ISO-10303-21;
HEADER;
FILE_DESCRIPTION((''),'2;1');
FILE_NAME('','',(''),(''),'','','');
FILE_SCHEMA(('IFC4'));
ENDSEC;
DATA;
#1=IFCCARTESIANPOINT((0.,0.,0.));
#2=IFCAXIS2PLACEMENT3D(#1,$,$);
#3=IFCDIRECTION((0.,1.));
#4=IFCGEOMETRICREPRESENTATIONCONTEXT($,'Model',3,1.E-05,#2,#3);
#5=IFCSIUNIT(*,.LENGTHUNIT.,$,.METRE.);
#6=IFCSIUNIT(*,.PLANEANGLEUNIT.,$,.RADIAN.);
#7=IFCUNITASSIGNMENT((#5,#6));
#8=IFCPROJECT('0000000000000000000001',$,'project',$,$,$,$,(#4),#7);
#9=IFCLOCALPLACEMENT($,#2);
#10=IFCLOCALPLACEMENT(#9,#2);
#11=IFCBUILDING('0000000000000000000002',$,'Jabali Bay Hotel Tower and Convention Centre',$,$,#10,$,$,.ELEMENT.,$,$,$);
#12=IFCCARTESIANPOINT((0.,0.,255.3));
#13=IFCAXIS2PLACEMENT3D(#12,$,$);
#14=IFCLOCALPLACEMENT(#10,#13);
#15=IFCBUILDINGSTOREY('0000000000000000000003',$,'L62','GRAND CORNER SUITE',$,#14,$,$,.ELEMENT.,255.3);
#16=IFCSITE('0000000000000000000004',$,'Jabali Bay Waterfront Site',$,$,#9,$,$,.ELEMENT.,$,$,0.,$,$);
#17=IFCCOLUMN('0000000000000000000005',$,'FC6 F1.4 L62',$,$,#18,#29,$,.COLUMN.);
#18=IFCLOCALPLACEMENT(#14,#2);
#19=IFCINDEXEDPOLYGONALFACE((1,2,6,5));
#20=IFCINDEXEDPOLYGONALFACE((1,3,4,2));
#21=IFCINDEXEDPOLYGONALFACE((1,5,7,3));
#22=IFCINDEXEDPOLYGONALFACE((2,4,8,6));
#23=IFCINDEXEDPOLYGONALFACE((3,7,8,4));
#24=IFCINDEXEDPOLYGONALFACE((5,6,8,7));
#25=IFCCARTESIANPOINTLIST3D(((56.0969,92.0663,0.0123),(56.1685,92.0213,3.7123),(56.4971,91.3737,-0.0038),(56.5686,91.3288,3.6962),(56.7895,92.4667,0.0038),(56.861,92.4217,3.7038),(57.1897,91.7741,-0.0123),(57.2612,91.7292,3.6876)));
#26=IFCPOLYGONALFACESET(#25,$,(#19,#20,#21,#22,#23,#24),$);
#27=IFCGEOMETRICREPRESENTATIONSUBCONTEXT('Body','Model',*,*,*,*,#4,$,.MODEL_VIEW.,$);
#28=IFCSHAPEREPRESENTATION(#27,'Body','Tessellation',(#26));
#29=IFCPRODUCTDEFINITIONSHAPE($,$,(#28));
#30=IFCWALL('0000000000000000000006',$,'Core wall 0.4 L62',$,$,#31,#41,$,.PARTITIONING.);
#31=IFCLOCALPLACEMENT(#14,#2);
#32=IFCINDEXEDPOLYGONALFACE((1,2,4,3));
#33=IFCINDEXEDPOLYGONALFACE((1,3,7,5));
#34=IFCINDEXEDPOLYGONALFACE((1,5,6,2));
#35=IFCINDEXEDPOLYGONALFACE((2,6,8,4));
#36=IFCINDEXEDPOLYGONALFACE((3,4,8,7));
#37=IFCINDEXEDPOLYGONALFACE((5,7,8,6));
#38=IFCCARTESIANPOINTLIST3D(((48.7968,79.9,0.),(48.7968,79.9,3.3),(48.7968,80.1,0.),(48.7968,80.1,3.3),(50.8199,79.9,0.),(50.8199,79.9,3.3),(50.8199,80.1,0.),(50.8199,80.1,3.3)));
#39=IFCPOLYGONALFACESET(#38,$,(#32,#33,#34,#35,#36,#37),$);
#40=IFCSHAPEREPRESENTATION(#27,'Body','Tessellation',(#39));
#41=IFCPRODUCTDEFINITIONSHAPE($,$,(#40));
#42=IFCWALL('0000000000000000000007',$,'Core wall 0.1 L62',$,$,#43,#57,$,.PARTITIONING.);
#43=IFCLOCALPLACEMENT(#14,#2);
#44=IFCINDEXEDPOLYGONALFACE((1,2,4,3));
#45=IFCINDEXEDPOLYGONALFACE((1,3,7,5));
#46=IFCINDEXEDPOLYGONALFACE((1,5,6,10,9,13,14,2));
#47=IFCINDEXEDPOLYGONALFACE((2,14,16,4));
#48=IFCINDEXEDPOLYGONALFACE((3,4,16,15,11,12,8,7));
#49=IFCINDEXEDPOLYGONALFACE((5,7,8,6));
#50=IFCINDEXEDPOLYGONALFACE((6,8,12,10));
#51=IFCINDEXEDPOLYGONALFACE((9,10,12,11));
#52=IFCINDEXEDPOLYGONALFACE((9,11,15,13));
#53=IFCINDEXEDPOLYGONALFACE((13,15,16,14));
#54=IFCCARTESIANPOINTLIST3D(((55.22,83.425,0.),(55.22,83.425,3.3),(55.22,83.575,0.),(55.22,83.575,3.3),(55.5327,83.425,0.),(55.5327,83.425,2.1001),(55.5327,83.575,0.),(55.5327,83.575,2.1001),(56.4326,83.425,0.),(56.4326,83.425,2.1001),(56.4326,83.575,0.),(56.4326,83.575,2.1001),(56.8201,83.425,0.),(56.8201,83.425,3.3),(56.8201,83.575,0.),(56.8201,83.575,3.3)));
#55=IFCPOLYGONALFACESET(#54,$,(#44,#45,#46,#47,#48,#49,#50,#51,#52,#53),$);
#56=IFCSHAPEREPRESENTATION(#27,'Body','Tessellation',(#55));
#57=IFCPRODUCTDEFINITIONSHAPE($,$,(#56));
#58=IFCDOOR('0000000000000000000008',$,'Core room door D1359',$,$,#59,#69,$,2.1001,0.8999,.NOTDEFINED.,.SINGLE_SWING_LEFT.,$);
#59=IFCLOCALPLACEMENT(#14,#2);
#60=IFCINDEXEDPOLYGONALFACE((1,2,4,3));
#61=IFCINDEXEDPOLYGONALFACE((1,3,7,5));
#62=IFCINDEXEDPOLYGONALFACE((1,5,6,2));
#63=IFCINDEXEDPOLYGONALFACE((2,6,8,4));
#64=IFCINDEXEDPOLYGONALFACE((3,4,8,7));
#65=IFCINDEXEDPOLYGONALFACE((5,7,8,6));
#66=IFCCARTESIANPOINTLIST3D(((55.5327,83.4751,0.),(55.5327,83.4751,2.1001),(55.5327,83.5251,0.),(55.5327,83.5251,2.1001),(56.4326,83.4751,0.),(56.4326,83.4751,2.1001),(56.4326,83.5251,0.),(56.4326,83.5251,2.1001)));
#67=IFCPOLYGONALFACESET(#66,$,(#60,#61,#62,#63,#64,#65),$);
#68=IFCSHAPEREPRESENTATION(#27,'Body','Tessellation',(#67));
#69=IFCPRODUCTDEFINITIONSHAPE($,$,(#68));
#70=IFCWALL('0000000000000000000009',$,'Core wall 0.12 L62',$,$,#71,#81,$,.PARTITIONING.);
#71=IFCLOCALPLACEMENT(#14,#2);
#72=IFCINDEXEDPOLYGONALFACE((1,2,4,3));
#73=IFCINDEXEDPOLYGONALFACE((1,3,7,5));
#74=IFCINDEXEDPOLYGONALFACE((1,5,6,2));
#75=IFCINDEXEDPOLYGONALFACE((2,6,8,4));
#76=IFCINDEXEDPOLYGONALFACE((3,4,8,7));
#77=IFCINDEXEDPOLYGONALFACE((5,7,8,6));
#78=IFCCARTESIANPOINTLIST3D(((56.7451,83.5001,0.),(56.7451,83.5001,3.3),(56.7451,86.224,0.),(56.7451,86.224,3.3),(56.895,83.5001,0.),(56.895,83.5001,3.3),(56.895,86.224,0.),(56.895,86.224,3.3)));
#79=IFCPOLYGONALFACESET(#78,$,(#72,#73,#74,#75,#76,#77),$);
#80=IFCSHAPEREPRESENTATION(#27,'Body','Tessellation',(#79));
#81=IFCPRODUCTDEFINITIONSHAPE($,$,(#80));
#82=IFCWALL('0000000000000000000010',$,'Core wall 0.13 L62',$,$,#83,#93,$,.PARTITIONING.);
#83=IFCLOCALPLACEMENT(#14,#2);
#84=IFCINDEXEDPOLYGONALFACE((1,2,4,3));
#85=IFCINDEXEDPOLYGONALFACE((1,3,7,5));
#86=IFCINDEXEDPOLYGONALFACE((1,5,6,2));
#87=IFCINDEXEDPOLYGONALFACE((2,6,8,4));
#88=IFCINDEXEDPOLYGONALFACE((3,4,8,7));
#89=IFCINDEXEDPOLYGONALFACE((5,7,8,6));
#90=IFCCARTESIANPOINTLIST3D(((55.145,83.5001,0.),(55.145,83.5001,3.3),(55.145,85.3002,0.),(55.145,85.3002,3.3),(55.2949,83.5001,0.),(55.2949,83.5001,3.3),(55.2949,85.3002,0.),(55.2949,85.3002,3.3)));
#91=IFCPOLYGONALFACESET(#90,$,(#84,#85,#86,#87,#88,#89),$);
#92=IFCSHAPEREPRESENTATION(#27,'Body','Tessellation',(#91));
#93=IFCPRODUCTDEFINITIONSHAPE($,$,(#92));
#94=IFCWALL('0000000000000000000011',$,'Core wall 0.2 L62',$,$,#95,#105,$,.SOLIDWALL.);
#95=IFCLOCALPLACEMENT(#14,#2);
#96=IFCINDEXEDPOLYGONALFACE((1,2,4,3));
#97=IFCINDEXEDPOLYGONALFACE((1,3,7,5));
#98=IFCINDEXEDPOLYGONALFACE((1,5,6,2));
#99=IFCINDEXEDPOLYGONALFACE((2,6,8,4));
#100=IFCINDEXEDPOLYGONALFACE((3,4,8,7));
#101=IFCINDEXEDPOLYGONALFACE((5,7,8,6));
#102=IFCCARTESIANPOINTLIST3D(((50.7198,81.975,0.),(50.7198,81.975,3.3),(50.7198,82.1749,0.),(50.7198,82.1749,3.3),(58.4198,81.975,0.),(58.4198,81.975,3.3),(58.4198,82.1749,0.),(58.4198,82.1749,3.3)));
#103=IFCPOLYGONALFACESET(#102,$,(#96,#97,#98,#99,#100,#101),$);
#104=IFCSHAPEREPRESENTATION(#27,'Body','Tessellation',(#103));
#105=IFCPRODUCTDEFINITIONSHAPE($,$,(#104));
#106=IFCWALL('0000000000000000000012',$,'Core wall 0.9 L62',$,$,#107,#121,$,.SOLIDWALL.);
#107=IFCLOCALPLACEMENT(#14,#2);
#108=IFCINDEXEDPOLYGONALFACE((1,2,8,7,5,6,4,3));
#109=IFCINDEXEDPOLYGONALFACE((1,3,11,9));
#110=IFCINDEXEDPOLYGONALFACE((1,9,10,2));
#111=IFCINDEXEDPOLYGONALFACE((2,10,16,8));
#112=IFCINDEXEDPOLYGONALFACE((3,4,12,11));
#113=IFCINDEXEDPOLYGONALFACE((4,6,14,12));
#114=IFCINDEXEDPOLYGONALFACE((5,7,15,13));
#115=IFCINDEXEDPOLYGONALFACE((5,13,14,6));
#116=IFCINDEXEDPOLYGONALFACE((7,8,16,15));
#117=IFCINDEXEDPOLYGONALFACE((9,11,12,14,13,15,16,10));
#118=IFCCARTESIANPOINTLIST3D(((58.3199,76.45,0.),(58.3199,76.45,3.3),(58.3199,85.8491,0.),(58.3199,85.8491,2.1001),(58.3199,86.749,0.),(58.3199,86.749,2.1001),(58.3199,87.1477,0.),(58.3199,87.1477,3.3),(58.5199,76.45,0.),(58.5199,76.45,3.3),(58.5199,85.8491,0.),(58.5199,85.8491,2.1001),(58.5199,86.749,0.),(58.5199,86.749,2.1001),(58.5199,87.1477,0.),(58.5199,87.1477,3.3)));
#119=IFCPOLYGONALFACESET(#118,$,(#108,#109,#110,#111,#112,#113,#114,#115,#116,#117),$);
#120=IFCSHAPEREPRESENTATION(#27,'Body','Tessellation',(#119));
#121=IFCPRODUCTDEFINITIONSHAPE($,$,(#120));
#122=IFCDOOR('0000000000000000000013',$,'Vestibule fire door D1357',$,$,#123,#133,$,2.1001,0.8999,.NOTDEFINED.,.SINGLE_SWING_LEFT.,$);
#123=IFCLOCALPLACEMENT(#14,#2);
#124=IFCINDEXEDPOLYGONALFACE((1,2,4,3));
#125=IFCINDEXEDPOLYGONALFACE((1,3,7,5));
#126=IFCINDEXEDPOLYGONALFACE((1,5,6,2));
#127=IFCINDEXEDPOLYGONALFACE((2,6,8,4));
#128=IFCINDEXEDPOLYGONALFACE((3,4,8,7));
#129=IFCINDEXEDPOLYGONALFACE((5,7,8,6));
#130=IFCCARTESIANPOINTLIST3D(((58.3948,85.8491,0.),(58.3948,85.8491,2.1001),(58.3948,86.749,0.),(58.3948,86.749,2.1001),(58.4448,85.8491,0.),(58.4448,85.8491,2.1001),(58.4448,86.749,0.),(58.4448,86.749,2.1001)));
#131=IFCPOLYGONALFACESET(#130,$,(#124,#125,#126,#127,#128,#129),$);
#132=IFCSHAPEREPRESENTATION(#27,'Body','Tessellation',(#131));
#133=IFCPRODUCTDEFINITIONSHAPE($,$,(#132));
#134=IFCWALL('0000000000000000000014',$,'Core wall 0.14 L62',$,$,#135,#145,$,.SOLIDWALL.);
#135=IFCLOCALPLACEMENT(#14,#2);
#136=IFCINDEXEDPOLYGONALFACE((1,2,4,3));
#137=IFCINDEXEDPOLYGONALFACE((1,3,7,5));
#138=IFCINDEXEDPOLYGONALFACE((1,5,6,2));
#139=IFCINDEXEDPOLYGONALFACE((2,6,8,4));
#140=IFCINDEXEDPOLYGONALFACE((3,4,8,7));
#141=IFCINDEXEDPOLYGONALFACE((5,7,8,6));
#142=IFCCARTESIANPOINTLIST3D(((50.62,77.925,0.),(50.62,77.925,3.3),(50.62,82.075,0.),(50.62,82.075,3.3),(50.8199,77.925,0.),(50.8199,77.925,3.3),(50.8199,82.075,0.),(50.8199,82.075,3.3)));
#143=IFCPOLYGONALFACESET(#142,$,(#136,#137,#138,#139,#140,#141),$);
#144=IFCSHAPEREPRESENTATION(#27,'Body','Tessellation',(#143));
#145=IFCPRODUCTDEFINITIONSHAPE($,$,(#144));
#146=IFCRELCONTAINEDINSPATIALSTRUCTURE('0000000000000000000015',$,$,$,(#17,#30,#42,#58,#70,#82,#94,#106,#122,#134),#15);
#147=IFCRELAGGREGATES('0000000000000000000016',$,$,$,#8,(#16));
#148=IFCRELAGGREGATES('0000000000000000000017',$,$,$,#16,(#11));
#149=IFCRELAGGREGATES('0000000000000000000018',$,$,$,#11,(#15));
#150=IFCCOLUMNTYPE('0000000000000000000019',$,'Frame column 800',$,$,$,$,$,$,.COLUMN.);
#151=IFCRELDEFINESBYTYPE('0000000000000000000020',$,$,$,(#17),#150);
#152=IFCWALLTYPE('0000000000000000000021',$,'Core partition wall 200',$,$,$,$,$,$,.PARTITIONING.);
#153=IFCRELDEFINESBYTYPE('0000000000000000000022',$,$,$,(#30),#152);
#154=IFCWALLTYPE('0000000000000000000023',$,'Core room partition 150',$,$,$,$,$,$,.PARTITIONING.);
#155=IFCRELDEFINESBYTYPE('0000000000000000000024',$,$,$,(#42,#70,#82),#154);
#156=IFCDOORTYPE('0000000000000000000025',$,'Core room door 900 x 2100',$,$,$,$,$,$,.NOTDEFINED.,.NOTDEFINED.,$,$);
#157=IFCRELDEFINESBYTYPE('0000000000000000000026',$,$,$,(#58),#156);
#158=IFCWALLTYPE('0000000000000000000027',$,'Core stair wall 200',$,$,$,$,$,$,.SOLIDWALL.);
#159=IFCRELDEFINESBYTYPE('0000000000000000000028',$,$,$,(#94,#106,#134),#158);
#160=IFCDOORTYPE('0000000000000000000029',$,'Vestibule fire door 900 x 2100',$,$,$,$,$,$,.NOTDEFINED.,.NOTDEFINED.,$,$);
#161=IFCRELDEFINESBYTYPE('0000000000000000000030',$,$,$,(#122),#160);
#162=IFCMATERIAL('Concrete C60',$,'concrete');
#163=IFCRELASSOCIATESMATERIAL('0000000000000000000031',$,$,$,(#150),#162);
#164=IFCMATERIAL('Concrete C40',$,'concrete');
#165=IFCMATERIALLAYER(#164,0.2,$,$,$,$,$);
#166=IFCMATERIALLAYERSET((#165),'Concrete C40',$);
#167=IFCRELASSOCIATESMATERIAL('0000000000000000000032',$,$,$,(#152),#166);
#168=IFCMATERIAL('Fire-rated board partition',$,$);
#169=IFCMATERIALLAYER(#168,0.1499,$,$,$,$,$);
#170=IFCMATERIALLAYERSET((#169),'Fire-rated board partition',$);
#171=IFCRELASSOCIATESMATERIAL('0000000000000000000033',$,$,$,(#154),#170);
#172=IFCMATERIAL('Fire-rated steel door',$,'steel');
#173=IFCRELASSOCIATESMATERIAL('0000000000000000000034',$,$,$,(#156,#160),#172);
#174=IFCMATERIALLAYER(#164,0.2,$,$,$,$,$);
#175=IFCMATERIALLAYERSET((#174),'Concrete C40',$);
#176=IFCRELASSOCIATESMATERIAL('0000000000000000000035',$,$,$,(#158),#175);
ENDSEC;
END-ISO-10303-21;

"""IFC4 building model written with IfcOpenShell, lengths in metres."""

from ifc_helpers import new_model, si_unit, direction, frame, frame_2d, origin, origin_2d, place, context, subcontext, project, spatial, rectangle, extrude, material, layer, layer_set, material_profile, profile_set, type_object, element, fill, save


model = new_model("IFC4")

# Units and contexts
model_context = context("Model", 3, precision=1e-05, world=origin(), true_north=direction((0.0, 1.0)))
body_context = subcontext(model_context, "Body", "Model", "MODEL_VIEW")
ifc_project = project(units=[si_unit("LENGTHUNIT", "METRE"), si_unit("PLANEANGLEUNIT", "RADIAN")], contexts=[model_context])

# Site, building, storey
site_placement = place(None, origin())
site = spatial("IfcSite", under=ifc_project, at=site_placement, Name="Jabali Bay Waterfront Site", CompositionType="ELEMENT", RefElevation=0.0)
building_placement = place(site_placement, origin())
building = spatial("IfcBuilding", under=site, at=building_placement, Name="Jabali Bay Hotel Tower and Convention Centre", CompositionType="ELEMENT")
storey_placement = place(building_placement, frame((0.0, 0.0, 255.3)))
storey = spatial("IfcBuildingStorey", under=building, at=storey_placement, Name="L62", Description="GRAND CORNER SUITE", CompositionType="ELEMENT", Elevation=255.3)

# Column
ifc_material_1 = material(Name="Concrete C60", Category="concrete")
ifc_material_profile = material_profile(ifc_material_1, rectangle(XDim=0.8, YDim=0.8, at=origin_2d()), Name="Frame column 800")
ifc_profile_set = profile_set([ifc_material_profile], Name="Concrete C60")
column_type = type_object("IfcColumnType", Name="Frame column 800", PredefinedType="COLUMN", material=ifc_profile_set)
column_placement = place(storey_placement, frame((56.6433, 91.9202, 0.0), z_axis=(0.019329, -0.012138, 0.99974), x_axis=(-0.500206, 0.865671, 0.020181)))
element("IfcColumn", 1, at=column_placement, inside=storey, type_object=column_type, Name="FC6 F1.4 L62", PredefinedType="COLUMN", context=body_context, shape_type="SweptSolid", body=[
    extrude(rectangle(XDim=0.8, YDim=0.8, at=origin_2d()), origin(), (0.0, 0.0, 1.0), 3.7009),
])

# Wall
ifc_material_2 = material(Name="Concrete C40", Category="concrete")
ifc_layer_1 = layer(ifc_material_2, 0.2)
ifc_layer_set_1 = layer_set([ifc_layer_1], Name="Concrete C40")
wall_type_1 = type_object("IfcWallType", Name="Core partition wall 200", PredefinedType="PARTITIONING", material=ifc_layer_set_1)
wall_1_placement = place(storey_placement, frame((50.8201, 80.0, 0.0), z_axis=(0.0, 0.0, 1.0), x_axis=(-1.0, 0.0, 0.0)))
element("IfcWall", 2, at=wall_1_placement, inside=storey, type_object=wall_type_1, Name="Core wall 0.4 L62", PredefinedType="PARTITIONING", context=body_context, shape_type="SweptSolid", body=[
    extrude(rectangle(XDim=2.0232, YDim=0.2, at=frame_2d((1.0117, 0.0))), origin(), (0.0, 0.0, 1.0), 3.3),
])

# Wall, opening, door
ifc_material_3 = material(Name="Fire-rated board partition")
ifc_layer_2 = layer(ifc_material_3, 0.1499)
ifc_layer_set_2 = layer_set([ifc_layer_2], Name="Fire-rated board partition")
wall_type_2 = type_object("IfcWallType", Name="Core room partition 150", PredefinedType="PARTITIONING", material=ifc_layer_set_2)
wall_2_placement = place(storey_placement, frame((56.8201, 83.5, 0.0), z_axis=(0.0, 0.0, 1.0), x_axis=(-1.0, 0.0, 0.0)))
wall_2 = element("IfcWall", 3, at=wall_2_placement, inside=storey, type_object=wall_type_2, Name="Core wall 0.1 L62", PredefinedType="PARTITIONING", context=body_context, shape_type="SweptSolid", body=[
    extrude(rectangle(XDim=1.6001, YDim=0.1499, at=frame_2d((0.8, 0.0))), origin(), (0.0, 0.0, 1.0), 3.3),
])
opening_1_placement = place(wall_2_placement, frame((0.3875, 0.0, 0.0)))
opening_1 = element("IfcOpeningElement", 4, at=opening_1_placement, cuts=wall_2, PredefinedType="OPENING", context=body_context, shape_type="SweptSolid", body=[
    extrude(rectangle(XDim=0.8999, YDim=2.1001, at=frame_2d((0.45, 1.05))), frame((0.0, 0.0854, 0.0), z_axis=(0.0, -1.0, 0.0), x_axis=(1.0, 0.0, 0.0)), (0.0, 0.0, 1.0), 0.1709),
])
ifc_material_4 = material(Name="Fire-rated steel door", Category="steel")
door_type_1 = type_object("IfcDoorType", Name="Core room door 900 x 2100", OperationType="NOTDEFINED", PredefinedType="NOTDEFINED", material=ifc_material_4)
door_1_placement = place(opening_1_placement, origin())
door_1 = element("IfcDoor", 5, at=door_1_placement, inside=storey, type_object=door_type_1, Name="Core room door D1359", OperationType="SINGLE_SWING_LEFT", OverallHeight=2.1001, OverallWidth=0.8999, PredefinedType="NOTDEFINED", context=body_context, shape_type="SweptSolid", body=[
    extrude(rectangle(XDim=0.8999, YDim=2.1001, at=frame_2d((0.45, 1.05))), frame((0.0, 0.0249, 0.0), z_axis=(0.0, -1.0, 0.0), x_axis=(1.0, 0.0, 0.0)), (0.0, 0.0, 1.0), 0.05),
])
fill(opening_1, door_1)

# Walls
wall_3_placement = place(storey_placement, frame((56.8201, 86.2239, 0.0), z_axis=(0.0, 0.0, 1.0), x_axis=(0.0, -1.0, 0.0)))
element("IfcWall", 6, at=wall_3_placement, inside=storey, type_object=wall_type_2, Name="Core wall 0.12 L62", PredefinedType="PARTITIONING", context=body_context, shape_type="SweptSolid", body=[
    extrude(rectangle(XDim=2.7239, YDim=0.1499, at=frame_2d((1.3618, 0.0))), origin(), (0.0, 0.0, 1.0), 3.3),
])
wall_4_placement = place(storey_placement, frame((55.22, 85.3, 0.0), z_axis=(0.0, 0.0, 1.0), x_axis=(0.0, -1.0, 0.0)))
element("IfcWall", 7, at=wall_4_placement, inside=storey, type_object=wall_type_2, Name="Core wall 0.13 L62", PredefinedType="PARTITIONING", context=body_context, shape_type="SweptSolid", body=[
    extrude(rectangle(XDim=1.8, YDim=0.1499, at=frame_2d((0.8999, 0.0))), origin(), (0.0, 0.0, 1.0), 3.3),
])
ifc_layer_3 = layer(ifc_material_2, 0.2)
ifc_layer_set_3 = layer_set([ifc_layer_3], Name="Concrete C40")
wall_type_3 = type_object("IfcWallType", Name="Core stair wall 200", PredefinedType="SOLIDWALL", material=ifc_layer_set_3)
wall_5_placement = place(storey_placement, frame((58.4199, 82.075, 0.0), z_axis=(0.0, 0.0, 1.0), x_axis=(-1.0, 0.0, 0.0)))
element("IfcWall", 8, at=wall_5_placement, inside=storey, type_object=wall_type_3, Name="Core wall 0.2 L62", PredefinedType="SOLIDWALL", context=body_context, shape_type="SweptSolid", body=[
    extrude(rectangle(XDim=7.7, YDim=0.2, at=frame_2d((3.8501, 0.0))), origin(), (0.0, 0.0, 1.0), 3.3),
])

# Wall, opening, door
wall_6_placement = place(storey_placement, frame((58.4199, 87.1477, 0.0), z_axis=(0.0, 0.0, 1.0), x_axis=(0.0, -1.0, 0.0)))
wall_6 = element("IfcWall", 9, at=wall_6_placement, inside=storey, type_object=wall_type_3, Name="Core wall 0.9 L62", PredefinedType="SOLIDWALL", context=body_context, shape_type="SweptSolid", body=[
    extrude(rectangle(XDim=10.6978, YDim=0.2, at=frame_2d((5.3489, 0.0))), origin(), (0.0, 0.0, 1.0), 3.3),
])
opening_2_placement = place(wall_6_placement, frame((0.3987, 0.0, 0.0)))
opening_2 = element("IfcOpeningElement", 10, at=opening_2_placement, cuts=wall_6, PredefinedType="OPENING", context=body_context, shape_type="SweptSolid", body=[
    extrude(rectangle(XDim=0.8999, YDim=2.1001, at=frame_2d((0.45, 1.05))), frame((0.0, 0.1104, 0.0), z_axis=(0.0, -1.0, 0.0), x_axis=(1.0, 0.0, 0.0)), (0.0, 0.0, 1.0), 0.2209),
])
door_type_2 = type_object("IfcDoorType", Name="Vestibule fire door 900 x 2100", OperationType="NOTDEFINED", PredefinedType="NOTDEFINED", material=ifc_material_4)
door_2_placement = place(opening_2_placement, origin())
door_2 = element("IfcDoor", 11, at=door_2_placement, inside=storey, type_object=door_type_2, Name="Vestibule fire door D1357", OperationType="SINGLE_SWING_LEFT", OverallHeight=2.1001, OverallWidth=0.8999, PredefinedType="NOTDEFINED", context=body_context, shape_type="SweptSolid", body=[
    extrude(rectangle(XDim=0.8999, YDim=2.1001, at=frame_2d((0.45, 1.05))), frame((0.0, 0.0249, 0.0), z_axis=(0.0, -1.0, 0.0), x_axis=(1.0, 0.0, 0.0)), (0.0, 0.0, 1.0), 0.05),
])
fill(opening_2, door_2)

# Wall
wall_7_placement = place(storey_placement, frame((50.72, 82.075, 0.0), z_axis=(0.0, 0.0, 1.0), x_axis=(0.0, -1.0, 0.0)))
element("IfcWall", 12, at=wall_7_placement, inside=storey, type_object=wall_type_3, Name="Core wall 0.14 L62", PredefinedType="SOLIDWALL", context=body_context, shape_type="SweptSolid", body=[
    extrude(rectangle(XDim=4.1499, YDim=0.2, at=frame_2d((2.075, 0.0))), origin(), (0.0, 0.0, 1.0), 3.3),
])

save(model, "model.ifc")
